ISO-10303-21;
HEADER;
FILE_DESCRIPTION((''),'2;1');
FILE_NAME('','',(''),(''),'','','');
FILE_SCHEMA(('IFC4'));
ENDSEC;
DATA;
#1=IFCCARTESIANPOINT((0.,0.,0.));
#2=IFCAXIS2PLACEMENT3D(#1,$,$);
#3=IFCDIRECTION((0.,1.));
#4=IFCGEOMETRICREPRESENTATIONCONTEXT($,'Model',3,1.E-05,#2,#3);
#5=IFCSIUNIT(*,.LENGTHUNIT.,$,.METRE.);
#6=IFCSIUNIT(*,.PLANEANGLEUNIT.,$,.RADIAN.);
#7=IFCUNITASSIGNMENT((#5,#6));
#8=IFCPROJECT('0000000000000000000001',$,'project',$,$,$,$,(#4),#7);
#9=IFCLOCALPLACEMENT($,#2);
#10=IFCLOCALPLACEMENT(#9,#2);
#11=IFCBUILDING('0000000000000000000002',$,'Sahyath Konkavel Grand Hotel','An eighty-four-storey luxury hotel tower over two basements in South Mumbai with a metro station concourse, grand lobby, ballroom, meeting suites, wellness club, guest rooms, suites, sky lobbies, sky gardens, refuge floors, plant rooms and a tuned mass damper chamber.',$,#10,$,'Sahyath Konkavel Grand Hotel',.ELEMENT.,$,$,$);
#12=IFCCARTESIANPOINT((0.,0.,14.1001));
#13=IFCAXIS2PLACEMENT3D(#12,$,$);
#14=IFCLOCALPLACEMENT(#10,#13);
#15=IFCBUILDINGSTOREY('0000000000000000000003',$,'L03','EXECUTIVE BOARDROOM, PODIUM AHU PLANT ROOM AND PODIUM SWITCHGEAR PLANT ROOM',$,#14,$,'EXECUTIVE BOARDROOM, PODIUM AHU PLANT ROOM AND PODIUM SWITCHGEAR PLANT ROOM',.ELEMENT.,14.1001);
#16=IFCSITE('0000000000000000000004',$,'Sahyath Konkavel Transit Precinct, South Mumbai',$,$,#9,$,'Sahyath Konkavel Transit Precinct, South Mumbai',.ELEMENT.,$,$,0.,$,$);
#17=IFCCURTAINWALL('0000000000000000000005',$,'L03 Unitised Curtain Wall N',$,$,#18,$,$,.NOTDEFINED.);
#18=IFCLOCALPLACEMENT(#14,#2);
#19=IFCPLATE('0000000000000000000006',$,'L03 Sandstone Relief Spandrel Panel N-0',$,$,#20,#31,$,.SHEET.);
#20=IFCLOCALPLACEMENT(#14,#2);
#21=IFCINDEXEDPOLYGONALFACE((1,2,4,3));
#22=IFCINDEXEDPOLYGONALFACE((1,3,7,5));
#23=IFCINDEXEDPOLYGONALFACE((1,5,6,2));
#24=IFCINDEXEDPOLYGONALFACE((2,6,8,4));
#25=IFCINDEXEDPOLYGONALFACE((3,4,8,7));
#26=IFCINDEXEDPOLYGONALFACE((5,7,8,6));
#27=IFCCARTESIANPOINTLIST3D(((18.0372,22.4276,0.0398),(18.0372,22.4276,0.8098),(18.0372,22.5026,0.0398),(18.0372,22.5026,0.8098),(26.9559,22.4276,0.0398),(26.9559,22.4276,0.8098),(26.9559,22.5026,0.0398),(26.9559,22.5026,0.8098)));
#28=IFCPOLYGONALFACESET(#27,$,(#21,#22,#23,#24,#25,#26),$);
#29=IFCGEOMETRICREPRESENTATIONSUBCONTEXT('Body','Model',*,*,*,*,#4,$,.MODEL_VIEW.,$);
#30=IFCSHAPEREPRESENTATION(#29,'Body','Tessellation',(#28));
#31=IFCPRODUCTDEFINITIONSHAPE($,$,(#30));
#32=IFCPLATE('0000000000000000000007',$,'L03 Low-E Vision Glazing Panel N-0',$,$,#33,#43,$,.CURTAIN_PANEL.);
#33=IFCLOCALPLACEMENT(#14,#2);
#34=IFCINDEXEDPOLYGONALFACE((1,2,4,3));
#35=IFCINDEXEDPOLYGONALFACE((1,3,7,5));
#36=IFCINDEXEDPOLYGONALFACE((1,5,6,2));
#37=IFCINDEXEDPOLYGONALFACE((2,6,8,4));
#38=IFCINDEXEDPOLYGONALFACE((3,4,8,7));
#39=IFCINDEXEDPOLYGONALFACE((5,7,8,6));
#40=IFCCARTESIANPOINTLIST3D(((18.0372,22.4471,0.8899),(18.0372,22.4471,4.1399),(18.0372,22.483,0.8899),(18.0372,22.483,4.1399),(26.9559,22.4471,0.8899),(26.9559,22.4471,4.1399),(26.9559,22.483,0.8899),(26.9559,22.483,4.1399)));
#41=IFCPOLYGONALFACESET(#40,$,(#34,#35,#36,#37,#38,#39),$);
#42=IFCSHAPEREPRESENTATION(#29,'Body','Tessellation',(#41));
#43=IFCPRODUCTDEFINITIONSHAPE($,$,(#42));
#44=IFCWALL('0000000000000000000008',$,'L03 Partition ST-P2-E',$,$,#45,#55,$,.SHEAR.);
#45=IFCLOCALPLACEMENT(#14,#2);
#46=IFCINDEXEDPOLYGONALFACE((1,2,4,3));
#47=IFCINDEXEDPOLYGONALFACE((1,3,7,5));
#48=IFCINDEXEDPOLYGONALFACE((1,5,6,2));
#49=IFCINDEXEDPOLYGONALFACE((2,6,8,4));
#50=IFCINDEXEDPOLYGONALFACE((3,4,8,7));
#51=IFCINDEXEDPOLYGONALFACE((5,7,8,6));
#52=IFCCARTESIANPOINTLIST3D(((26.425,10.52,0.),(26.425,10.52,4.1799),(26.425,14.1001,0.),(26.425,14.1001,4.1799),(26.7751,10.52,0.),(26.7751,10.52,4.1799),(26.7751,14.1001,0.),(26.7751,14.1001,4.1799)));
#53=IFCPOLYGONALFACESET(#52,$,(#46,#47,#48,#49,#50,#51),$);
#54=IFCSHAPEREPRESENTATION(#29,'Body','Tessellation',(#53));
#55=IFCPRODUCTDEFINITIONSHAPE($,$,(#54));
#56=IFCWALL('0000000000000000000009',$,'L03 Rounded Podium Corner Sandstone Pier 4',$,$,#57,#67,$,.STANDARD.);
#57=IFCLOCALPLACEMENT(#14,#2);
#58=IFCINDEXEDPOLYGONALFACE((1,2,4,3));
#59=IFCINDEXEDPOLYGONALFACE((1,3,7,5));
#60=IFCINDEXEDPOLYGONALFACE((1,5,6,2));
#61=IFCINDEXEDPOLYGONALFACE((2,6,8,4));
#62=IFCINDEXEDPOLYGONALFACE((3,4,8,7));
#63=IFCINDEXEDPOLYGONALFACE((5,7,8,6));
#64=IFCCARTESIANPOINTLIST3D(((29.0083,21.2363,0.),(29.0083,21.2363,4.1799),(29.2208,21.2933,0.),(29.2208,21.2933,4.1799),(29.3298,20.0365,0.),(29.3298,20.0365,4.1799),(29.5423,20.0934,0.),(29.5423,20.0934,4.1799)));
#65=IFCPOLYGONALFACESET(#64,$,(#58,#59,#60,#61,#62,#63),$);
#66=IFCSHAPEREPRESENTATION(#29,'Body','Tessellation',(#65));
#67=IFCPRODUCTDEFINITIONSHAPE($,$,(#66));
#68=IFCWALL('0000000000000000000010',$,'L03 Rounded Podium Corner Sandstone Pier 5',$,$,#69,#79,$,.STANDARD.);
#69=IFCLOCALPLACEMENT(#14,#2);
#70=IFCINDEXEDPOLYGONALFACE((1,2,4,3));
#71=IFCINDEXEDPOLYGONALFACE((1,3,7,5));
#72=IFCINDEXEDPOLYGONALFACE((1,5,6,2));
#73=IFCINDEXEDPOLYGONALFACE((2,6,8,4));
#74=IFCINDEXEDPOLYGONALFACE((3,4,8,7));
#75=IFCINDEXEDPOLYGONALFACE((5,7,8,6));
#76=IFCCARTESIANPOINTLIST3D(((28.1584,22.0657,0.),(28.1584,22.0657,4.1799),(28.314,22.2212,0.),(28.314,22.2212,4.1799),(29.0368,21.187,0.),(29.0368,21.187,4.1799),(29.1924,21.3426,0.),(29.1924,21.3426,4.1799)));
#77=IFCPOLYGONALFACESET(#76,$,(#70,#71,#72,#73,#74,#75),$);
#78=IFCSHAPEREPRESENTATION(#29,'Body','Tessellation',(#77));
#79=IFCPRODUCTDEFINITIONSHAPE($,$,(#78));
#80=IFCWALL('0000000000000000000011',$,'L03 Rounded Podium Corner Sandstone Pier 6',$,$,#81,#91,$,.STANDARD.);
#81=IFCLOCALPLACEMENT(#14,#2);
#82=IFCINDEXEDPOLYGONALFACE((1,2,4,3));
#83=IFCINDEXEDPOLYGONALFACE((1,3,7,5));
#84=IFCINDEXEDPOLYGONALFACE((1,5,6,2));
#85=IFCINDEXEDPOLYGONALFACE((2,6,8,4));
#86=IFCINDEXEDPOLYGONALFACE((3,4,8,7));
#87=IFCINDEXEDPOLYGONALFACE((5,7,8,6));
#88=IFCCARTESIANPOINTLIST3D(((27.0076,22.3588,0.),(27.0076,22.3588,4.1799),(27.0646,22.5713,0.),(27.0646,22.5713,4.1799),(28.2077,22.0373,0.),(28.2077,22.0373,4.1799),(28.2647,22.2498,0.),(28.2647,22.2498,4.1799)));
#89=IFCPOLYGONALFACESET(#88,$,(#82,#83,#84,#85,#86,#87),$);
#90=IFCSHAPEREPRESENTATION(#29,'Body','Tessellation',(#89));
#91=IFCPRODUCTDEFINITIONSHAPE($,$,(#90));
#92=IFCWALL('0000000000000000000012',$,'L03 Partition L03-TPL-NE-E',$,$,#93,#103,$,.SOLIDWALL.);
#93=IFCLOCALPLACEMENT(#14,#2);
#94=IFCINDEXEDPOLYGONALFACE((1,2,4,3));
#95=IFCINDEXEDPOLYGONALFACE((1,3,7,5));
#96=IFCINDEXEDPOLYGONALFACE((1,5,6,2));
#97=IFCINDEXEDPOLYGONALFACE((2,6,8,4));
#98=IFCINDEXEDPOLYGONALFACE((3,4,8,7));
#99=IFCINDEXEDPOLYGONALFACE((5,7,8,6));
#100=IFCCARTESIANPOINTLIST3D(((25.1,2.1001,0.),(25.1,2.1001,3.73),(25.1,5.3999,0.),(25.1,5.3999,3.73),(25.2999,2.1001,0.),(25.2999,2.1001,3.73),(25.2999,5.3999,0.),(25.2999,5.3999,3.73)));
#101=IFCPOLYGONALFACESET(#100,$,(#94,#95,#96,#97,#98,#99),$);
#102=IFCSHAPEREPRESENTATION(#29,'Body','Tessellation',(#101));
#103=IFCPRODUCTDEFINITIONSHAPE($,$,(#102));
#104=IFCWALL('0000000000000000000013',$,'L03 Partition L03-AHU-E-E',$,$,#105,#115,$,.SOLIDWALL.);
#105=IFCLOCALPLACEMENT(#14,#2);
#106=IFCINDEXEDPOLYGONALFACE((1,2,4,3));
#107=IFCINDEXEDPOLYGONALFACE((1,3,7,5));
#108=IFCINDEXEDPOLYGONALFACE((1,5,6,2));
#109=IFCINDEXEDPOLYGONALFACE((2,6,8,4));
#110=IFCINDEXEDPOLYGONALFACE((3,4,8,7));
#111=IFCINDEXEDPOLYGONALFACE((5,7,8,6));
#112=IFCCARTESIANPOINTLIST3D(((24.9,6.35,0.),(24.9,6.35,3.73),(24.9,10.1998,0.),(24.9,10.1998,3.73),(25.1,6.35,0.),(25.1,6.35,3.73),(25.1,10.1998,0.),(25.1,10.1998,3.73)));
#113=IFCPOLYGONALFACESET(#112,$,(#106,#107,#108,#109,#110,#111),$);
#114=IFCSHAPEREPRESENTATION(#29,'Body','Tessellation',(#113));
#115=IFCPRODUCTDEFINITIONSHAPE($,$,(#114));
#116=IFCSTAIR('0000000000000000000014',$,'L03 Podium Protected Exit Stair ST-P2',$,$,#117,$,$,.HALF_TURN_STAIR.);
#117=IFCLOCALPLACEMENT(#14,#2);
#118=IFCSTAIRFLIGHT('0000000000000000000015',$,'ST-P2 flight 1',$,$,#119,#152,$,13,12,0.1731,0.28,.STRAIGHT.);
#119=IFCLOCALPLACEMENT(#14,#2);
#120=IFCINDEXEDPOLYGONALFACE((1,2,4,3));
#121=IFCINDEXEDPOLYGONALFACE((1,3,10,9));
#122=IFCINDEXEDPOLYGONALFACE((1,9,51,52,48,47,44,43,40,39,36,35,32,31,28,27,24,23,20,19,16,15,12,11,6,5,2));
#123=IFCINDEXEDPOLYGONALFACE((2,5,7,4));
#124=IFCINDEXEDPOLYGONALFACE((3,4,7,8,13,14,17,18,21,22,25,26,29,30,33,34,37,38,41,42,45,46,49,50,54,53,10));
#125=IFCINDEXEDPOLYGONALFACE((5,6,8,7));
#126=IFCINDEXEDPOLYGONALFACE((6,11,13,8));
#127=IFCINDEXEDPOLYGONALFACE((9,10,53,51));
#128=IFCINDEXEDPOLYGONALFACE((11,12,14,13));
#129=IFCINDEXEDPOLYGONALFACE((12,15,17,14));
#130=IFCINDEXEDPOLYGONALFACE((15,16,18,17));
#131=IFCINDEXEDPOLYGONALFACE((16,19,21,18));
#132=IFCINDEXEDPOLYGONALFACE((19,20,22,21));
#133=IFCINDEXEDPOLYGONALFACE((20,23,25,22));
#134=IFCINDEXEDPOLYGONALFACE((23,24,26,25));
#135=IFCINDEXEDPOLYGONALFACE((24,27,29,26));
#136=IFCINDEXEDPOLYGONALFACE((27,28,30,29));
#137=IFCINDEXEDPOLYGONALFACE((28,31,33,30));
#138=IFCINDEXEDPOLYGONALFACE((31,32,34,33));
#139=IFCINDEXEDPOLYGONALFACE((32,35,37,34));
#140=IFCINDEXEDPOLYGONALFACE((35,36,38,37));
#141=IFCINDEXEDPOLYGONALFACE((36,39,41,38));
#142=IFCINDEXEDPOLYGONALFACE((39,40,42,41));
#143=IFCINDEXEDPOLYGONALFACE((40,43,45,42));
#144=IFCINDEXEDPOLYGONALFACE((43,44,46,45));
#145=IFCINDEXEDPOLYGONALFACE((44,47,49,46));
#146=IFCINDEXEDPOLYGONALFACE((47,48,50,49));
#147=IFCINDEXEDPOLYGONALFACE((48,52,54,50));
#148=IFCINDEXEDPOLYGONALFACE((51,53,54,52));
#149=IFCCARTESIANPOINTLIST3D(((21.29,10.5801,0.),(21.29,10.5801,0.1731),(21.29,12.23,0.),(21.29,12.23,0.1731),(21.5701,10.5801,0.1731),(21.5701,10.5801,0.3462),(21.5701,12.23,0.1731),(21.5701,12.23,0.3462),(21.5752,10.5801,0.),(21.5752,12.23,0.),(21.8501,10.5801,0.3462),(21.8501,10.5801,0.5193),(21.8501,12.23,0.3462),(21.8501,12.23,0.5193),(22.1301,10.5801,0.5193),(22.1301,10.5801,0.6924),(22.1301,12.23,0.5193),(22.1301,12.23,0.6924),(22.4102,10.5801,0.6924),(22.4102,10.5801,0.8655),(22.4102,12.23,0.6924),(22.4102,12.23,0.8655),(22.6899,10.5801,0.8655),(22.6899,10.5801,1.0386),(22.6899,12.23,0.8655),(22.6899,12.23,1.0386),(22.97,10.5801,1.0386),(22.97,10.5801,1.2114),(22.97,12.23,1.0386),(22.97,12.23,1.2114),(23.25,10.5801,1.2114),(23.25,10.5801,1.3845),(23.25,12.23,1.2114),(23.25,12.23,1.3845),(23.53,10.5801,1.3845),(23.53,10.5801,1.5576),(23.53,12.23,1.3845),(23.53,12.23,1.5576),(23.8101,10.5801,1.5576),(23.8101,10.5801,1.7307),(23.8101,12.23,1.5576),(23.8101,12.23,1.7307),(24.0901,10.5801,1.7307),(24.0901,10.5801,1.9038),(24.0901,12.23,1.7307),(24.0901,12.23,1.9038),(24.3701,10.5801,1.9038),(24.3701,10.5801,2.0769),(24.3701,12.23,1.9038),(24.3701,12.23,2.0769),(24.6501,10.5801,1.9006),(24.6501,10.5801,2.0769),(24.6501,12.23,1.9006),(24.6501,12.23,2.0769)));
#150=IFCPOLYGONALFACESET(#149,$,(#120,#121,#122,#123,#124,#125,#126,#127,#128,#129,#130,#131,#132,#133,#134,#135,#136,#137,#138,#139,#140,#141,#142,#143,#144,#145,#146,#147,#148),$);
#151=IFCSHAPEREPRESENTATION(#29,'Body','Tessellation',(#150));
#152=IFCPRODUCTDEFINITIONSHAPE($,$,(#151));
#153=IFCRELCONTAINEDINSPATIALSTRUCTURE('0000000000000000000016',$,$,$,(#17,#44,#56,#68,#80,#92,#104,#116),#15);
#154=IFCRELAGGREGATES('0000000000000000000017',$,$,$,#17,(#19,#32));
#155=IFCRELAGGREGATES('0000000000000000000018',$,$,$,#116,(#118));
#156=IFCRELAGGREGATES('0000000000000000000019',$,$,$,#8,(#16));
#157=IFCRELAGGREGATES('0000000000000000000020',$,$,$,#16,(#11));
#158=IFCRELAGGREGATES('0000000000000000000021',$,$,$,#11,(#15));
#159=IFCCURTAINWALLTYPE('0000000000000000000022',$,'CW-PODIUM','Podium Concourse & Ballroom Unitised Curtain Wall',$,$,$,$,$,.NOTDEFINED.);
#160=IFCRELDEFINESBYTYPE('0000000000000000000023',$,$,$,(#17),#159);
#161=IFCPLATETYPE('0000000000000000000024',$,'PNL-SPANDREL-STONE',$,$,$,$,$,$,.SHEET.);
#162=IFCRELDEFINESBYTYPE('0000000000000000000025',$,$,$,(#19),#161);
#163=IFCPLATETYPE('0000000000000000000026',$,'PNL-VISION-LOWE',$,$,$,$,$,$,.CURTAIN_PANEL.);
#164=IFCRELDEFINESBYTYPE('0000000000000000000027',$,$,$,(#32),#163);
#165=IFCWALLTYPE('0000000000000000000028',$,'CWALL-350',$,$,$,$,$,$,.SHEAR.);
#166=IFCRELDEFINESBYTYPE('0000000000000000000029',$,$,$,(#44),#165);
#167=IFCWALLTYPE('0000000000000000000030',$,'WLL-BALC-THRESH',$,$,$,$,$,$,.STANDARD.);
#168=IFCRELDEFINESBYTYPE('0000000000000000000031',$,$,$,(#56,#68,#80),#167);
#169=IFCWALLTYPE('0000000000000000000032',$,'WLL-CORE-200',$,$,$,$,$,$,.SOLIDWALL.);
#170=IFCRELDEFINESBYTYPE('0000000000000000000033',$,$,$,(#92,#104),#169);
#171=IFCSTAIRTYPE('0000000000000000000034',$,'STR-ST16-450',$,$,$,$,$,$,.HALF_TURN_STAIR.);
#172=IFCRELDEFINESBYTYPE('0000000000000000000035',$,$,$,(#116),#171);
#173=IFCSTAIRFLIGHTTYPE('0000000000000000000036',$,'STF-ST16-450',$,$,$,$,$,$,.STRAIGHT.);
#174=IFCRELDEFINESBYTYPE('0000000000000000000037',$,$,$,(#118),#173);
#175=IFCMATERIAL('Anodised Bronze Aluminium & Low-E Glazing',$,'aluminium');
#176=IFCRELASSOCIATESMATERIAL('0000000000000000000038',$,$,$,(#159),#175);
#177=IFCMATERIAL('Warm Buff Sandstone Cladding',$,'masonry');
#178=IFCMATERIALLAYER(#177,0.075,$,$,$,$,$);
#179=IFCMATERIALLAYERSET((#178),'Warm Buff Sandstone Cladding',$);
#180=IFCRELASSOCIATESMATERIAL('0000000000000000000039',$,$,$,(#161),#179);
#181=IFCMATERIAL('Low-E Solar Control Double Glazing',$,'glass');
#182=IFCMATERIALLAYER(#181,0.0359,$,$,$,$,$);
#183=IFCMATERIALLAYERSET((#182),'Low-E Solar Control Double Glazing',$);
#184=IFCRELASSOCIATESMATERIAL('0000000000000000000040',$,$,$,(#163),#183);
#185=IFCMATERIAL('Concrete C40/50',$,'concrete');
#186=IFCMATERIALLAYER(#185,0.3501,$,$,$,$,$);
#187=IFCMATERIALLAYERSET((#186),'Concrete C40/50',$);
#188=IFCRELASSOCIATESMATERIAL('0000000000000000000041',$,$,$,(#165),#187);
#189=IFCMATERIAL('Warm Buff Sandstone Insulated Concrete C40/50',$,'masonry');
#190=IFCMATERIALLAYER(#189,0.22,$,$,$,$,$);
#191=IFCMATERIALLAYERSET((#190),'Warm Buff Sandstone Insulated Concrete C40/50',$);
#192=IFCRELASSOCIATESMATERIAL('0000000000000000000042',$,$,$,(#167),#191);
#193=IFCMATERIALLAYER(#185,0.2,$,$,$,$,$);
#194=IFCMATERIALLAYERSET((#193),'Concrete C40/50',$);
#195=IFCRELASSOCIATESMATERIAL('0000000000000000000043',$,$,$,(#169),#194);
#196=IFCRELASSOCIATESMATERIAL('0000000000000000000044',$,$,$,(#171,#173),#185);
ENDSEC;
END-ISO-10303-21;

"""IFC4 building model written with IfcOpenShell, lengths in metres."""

from ifc_helpers import new_model, si_unit, direction, frame, frame_2d, origin, origin_2d, place, context, subcontext, project, spatial, polyline, rectangle, outline, extrude, source, transform, mapped, material, layer, layer_set, type_object, element, aggregate, save


model = new_model("IFC4")

# Units and contexts
model_context = context("Model", 3, precision=1e-05, world=origin(), true_north=direction((0.0, 1.0)))
body_context = subcontext(model_context, "Body", "Model", "MODEL_VIEW")
ifc_project = project(units=[si_unit("LENGTHUNIT", "METRE"), si_unit("PLANEANGLEUNIT", "RADIAN")], contexts=[model_context])

# Site, building, storey
site_placement = place(None, origin())
site = spatial("IfcSite", under=ifc_project, at=site_placement, Name="Sahyath Konkavel Transit Precinct, South Mumbai", LongName="Sahyath Konkavel Transit Precinct, South Mumbai", CompositionType="ELEMENT", RefElevation=0.0)
building_placement = place(site_placement, origin())
building = spatial("IfcBuilding", under=site, at=building_placement, Name="Sahyath Konkavel Grand Hotel", Description="An eighty-four-storey luxury hotel tower over two basements in South Mumbai with a metro station concourse, grand lobby, ballroom, meeting suites, wellness club, guest rooms, suites, sky lobbies, sky gardens, refuge floors, plant rooms and a tuned mass damper chamber.", LongName="Sahyath Konkavel Grand Hotel", CompositionType="ELEMENT")
storey_placement = place(building_placement, frame((0.0, 0.0, 14.1001)))
storey = spatial("IfcBuildingStorey", under=building, at=storey_placement, Name="L03", Description="EXECUTIVE BOARDROOM, PODIUM AHU PLANT ROOM AND PODIUM SWITCHGEAR PLANT ROOM", LongName="EXECUTIVE BOARDROOM, PODIUM AHU PLANT ROOM AND PODIUM SWITCHGEAR PLANT ROOM", CompositionType="ELEMENT", Elevation=14.1001)

# Curtain wall
ifc_material_1 = material(Name="Anodised Bronze Aluminium & Low-E Glazing", Category="aluminium")
curtain_wall_type = type_object("IfcCurtainWallType", Name="CW-PODIUM", Description="Podium Concourse & Ballroom Unitised Curtain Wall", PredefinedType="NOTDEFINED", material=ifc_material_1)
curtain_wall_placement = place(storey_placement, origin())
curtain_wall = element("IfcCurtainWall", 1, at=curtain_wall_placement, inside=storey, type_object=curtain_wall_type, Name="L03 Unitised Curtain Wall N", PredefinedType="NOTDEFINED")

# Plates
ifc_material_2 = material(Name="Warm Buff Sandstone Cladding", Category="masonry")
ifc_layer_1 = layer(ifc_material_2, 0.075)
ifc_layer_set_1 = layer_set([ifc_layer_1], Name="Warm Buff Sandstone Cladding")
plate_type_1 = type_object("IfcPlateType", Name="PNL-SPANDREL-STONE", PredefinedType="SHEET", material=ifc_layer_set_1)
shared_shape_1 = source(origin(), body_context, "Body", "SweptSolid", [
    extrude(rectangle(XDim=8.9187, YDim=0.075, at=origin_2d()), origin(), (0.0, 0.0, 1.0), 0.77),
])
plate_1_placement = place(storey_placement, frame((22.4966, 22.4651, 0.0398), z_axis=(0.0, 0.0, 1.0), x_axis=(-1.0, 0.0, 0.0)))
plate_1 = element("IfcPlate", 2, at=plate_1_placement, type_object=plate_type_1, Name="L03 Sandstone Relief Spandrel Panel N-0", PredefinedType="SHEET", context=body_context, shape_type="MappedRepresentation", body=[
    mapped(shared_shape_1, transform((0.0, 0.0, 0.0), scale=1.0)),
])
ifc_material_3 = material(Name="Low-E Solar Control Double Glazing", Category="glass")
ifc_layer_2 = layer(ifc_material_3, 0.0359)
ifc_layer_set_2 = layer_set([ifc_layer_2], Name="Low-E Solar Control Double Glazing")
plate_type_2 = type_object("IfcPlateType", Name="PNL-VISION-LOWE", PredefinedType="CURTAIN_PANEL", material=ifc_layer_set_2)
shared_shape_2 = source(origin(), body_context, "Body", "SweptSolid", [
    extrude(rectangle(XDim=8.9187, YDim=0.0359, at=origin_2d()), origin(), (0.0, 0.0, 1.0), 3.25),
])
plate_2_placement = place(storey_placement, frame((22.4966, 22.4651, 0.8899), z_axis=(0.0, 0.0, 1.0), x_axis=(-1.0, 0.0, 0.0)))
plate_2 = element("IfcPlate", 3, at=plate_2_placement, type_object=plate_type_2, Name="L03 Low-E Vision Glazing Panel N-0", PredefinedType="CURTAIN_PANEL", context=body_context, shape_type="MappedRepresentation", body=[
    mapped(shared_shape_2, transform((0.0, 0.0, 0.0), scale=1.0)),
])
aggregate(curtain_wall, [plate_1, plate_2])

# Walls
ifc_material_4 = material(Name="Concrete C40/50", Category="concrete")
ifc_layer_3 = layer(ifc_material_4, 0.3501)
ifc_layer_set_3 = layer_set([ifc_layer_3], Name="Concrete C40/50")
wall_type_1 = type_object("IfcWallType", Name="CWALL-350", PredefinedType="SHEAR", material=ifc_layer_set_3)
wall_1_placement = place(storey_placement, frame((26.6001, 10.52, 0.0), z_axis=(0.0, 0.0, 1.0), x_axis=(0.0, 1.0, 0.0)))
element("IfcWall", 4, at=wall_1_placement, inside=storey, type_object=wall_type_1, Name="L03 Partition ST-P2-E", PredefinedType="SHEAR", context=body_context, shape_type="SweptSolid", body=[
    extrude(rectangle(XDim=3.5801, YDim=0.3501, at=frame_2d((1.79, 0.0))), origin(), (0.0, 0.0, 1.0), 4.1799),
])
ifc_material_5 = material(Name="Warm Buff Sandstone Insulated Concrete C40/50", Category="masonry")
ifc_layer_4 = layer(ifc_material_5, 0.22)
ifc_layer_set_4 = layer_set([ifc_layer_4], Name="Warm Buff Sandstone Insulated Concrete C40/50")
wall_type_2 = type_object("IfcWallType", Name="WLL-BALC-THRESH", PredefinedType="STANDARD", material=ifc_layer_set_4)
wall_2_placement = place(storey_placement, frame((29.436, 20.0649, 0.0), z_axis=(0.0, 0.0, 1.0), x_axis=(-0.258824, 0.965924, 0.0)))
element("IfcWall", 5, at=wall_2_placement, inside=storey, type_object=wall_type_2, Name="L03 Rounded Podium Corner Sandstone Pier 4", PredefinedType="STANDARD", context=body_context, shape_type="SweptSolid", body=[
    extrude(rectangle(XDim=1.2422, YDim=0.22, at=frame_2d((0.6211, 0.0))), origin(), (0.0, 0.0, 1.0), 4.1799),
])
for number, where, z_axis, x_axis, name in (
    (6, (29.1145, 21.2649, 0.0), (0.0, 0.0, 1.0), (-0.707009, 0.707205, 0.0), "L03 Rounded Podium Corner Sandstone Pier 5"),
    (7, (28.2361, 22.1436, 0.0), (0.0, 0.0, 1.0), (-0.965938, 0.258775, 0.0), "L03 Rounded Podium Corner Sandstone Pier 6"),
):
    element("IfcWall", number, at=place(storey_placement, frame(where, z_axis=z_axis, x_axis=x_axis)), inside=storey, type_object=wall_type_2, Name=name, PredefinedType="STANDARD", context=body_context, shape_type="SweptSolid", body=[
        extrude(rectangle(XDim=1.2424, YDim=0.22, at=frame_2d((0.6211, 0.0))), origin(), (0.0, 0.0, 1.0), 4.1799),
    ])
ifc_layer_5 = layer(ifc_material_4, 0.2)
ifc_layer_set_5 = layer_set([ifc_layer_5], Name="Concrete C40/50")
wall_type_3 = type_object("IfcWallType", Name="WLL-CORE-200", PredefinedType="SOLIDWALL", material=ifc_layer_set_5)
wall_3_placement = place(storey_placement, frame((25.2, 2.1001, 0.0), z_axis=(0.0, 0.0, 1.0), x_axis=(0.0, 1.0, 0.0)))
element("IfcWall", 8, at=wall_3_placement, inside=storey, type_object=wall_type_3, Name="L03 Partition L03-TPL-NE-E", PredefinedType="SOLIDWALL", context=body_context, shape_type="SweptSolid", body=[
    extrude(rectangle(XDim=3.2998, YDim=0.2, at=frame_2d((1.6499, 0.0))), origin(), (0.0, 0.0, 1.0), 3.73),
])
wall_4_placement = place(storey_placement, frame((25.0, 6.3501, 0.0), z_axis=(0.0, 0.0, 1.0), x_axis=(0.0, 1.0, 0.0)))
element("IfcWall", 9, at=wall_4_placement, inside=storey, type_object=wall_type_3, Name="L03 Partition L03-AHU-E-E", PredefinedType="SOLIDWALL", context=body_context, shape_type="SweptSolid", body=[
    extrude(rectangle(XDim=3.8499, YDim=0.2, at=frame_2d((1.9248, 0.0))), origin(), (0.0, 0.0, 1.0), 3.73),
])

# Stair, stair flight
stair_type = type_object("IfcStairType", Name="STR-ST16-450", PredefinedType="HALF_TURN_STAIR", material=ifc_material_4)
stair_placement = place(storey_placement, origin())
stair = element("IfcStair", 10, at=stair_placement, inside=storey, type_object=stair_type, Name="L03 Podium Protected Exit Stair ST-P2", PredefinedType="HALF_TURN_STAIR")
stair_flight_type = type_object("IfcStairFlightType", Name="STF-ST16-450", PredefinedType="STRAIGHT", material=ifc_material_4)
stair_flight_1_placement = place(storey_placement, frame((21.29, 11.405, 0.0), z_axis=(0.0, 0.0, 1.0), x_axis=(1.0, 0.0, 0.0)))
stair_flight_1 = element("IfcStairFlight", 11, at=stair_flight_1_placement, type_object=stair_flight_type, Name="ST-P2 flight 1", NumberOfRisers=13, NumberOfTreads=12, PredefinedType="STRAIGHT", RiserHeight=0.1731, TreadLength=0.28, context=body_context, shape_type="SweptSolid", body=[
    extrude(outline(polyline([(0.0, 0.0), (0.0, 0.1731), (0.28, 0.1731), (0.28, 0.3462), (0.5601, 0.3462), (0.5601, 0.5193), (0.8401, 0.5193), (0.8401, 0.6924), (1.1201, 0.6924), (1.1201, 0.8655), (1.3999, 0.8655), (1.3999, 1.0386), (1.6799, 1.0386), (1.6799, 1.2114), (1.96, 1.2114), (1.96, 1.3845), (2.24, 1.3845), (2.24, 1.5576), (2.52, 1.5576), (2.52, 1.7307), (2.8, 1.7307), (2.8, 1.9038), (3.0801, 1.9038), (3.0801, 2.0769), (3.3601, 2.0769), (3.3601, 2.25), (3.3601, 1.9006), (0.2852, 0.0), (0.0, 0.0)])), frame((0.0, 0.825, 0.0), z_axis=(0.0, -1.0, 0.0), x_axis=(1.0, 0.0, 0.0)), (0.0, 0.0, 1.0), 1.6499),
])
aggregate(stair, [stair_flight_1])

save(model, "model.ifc")
